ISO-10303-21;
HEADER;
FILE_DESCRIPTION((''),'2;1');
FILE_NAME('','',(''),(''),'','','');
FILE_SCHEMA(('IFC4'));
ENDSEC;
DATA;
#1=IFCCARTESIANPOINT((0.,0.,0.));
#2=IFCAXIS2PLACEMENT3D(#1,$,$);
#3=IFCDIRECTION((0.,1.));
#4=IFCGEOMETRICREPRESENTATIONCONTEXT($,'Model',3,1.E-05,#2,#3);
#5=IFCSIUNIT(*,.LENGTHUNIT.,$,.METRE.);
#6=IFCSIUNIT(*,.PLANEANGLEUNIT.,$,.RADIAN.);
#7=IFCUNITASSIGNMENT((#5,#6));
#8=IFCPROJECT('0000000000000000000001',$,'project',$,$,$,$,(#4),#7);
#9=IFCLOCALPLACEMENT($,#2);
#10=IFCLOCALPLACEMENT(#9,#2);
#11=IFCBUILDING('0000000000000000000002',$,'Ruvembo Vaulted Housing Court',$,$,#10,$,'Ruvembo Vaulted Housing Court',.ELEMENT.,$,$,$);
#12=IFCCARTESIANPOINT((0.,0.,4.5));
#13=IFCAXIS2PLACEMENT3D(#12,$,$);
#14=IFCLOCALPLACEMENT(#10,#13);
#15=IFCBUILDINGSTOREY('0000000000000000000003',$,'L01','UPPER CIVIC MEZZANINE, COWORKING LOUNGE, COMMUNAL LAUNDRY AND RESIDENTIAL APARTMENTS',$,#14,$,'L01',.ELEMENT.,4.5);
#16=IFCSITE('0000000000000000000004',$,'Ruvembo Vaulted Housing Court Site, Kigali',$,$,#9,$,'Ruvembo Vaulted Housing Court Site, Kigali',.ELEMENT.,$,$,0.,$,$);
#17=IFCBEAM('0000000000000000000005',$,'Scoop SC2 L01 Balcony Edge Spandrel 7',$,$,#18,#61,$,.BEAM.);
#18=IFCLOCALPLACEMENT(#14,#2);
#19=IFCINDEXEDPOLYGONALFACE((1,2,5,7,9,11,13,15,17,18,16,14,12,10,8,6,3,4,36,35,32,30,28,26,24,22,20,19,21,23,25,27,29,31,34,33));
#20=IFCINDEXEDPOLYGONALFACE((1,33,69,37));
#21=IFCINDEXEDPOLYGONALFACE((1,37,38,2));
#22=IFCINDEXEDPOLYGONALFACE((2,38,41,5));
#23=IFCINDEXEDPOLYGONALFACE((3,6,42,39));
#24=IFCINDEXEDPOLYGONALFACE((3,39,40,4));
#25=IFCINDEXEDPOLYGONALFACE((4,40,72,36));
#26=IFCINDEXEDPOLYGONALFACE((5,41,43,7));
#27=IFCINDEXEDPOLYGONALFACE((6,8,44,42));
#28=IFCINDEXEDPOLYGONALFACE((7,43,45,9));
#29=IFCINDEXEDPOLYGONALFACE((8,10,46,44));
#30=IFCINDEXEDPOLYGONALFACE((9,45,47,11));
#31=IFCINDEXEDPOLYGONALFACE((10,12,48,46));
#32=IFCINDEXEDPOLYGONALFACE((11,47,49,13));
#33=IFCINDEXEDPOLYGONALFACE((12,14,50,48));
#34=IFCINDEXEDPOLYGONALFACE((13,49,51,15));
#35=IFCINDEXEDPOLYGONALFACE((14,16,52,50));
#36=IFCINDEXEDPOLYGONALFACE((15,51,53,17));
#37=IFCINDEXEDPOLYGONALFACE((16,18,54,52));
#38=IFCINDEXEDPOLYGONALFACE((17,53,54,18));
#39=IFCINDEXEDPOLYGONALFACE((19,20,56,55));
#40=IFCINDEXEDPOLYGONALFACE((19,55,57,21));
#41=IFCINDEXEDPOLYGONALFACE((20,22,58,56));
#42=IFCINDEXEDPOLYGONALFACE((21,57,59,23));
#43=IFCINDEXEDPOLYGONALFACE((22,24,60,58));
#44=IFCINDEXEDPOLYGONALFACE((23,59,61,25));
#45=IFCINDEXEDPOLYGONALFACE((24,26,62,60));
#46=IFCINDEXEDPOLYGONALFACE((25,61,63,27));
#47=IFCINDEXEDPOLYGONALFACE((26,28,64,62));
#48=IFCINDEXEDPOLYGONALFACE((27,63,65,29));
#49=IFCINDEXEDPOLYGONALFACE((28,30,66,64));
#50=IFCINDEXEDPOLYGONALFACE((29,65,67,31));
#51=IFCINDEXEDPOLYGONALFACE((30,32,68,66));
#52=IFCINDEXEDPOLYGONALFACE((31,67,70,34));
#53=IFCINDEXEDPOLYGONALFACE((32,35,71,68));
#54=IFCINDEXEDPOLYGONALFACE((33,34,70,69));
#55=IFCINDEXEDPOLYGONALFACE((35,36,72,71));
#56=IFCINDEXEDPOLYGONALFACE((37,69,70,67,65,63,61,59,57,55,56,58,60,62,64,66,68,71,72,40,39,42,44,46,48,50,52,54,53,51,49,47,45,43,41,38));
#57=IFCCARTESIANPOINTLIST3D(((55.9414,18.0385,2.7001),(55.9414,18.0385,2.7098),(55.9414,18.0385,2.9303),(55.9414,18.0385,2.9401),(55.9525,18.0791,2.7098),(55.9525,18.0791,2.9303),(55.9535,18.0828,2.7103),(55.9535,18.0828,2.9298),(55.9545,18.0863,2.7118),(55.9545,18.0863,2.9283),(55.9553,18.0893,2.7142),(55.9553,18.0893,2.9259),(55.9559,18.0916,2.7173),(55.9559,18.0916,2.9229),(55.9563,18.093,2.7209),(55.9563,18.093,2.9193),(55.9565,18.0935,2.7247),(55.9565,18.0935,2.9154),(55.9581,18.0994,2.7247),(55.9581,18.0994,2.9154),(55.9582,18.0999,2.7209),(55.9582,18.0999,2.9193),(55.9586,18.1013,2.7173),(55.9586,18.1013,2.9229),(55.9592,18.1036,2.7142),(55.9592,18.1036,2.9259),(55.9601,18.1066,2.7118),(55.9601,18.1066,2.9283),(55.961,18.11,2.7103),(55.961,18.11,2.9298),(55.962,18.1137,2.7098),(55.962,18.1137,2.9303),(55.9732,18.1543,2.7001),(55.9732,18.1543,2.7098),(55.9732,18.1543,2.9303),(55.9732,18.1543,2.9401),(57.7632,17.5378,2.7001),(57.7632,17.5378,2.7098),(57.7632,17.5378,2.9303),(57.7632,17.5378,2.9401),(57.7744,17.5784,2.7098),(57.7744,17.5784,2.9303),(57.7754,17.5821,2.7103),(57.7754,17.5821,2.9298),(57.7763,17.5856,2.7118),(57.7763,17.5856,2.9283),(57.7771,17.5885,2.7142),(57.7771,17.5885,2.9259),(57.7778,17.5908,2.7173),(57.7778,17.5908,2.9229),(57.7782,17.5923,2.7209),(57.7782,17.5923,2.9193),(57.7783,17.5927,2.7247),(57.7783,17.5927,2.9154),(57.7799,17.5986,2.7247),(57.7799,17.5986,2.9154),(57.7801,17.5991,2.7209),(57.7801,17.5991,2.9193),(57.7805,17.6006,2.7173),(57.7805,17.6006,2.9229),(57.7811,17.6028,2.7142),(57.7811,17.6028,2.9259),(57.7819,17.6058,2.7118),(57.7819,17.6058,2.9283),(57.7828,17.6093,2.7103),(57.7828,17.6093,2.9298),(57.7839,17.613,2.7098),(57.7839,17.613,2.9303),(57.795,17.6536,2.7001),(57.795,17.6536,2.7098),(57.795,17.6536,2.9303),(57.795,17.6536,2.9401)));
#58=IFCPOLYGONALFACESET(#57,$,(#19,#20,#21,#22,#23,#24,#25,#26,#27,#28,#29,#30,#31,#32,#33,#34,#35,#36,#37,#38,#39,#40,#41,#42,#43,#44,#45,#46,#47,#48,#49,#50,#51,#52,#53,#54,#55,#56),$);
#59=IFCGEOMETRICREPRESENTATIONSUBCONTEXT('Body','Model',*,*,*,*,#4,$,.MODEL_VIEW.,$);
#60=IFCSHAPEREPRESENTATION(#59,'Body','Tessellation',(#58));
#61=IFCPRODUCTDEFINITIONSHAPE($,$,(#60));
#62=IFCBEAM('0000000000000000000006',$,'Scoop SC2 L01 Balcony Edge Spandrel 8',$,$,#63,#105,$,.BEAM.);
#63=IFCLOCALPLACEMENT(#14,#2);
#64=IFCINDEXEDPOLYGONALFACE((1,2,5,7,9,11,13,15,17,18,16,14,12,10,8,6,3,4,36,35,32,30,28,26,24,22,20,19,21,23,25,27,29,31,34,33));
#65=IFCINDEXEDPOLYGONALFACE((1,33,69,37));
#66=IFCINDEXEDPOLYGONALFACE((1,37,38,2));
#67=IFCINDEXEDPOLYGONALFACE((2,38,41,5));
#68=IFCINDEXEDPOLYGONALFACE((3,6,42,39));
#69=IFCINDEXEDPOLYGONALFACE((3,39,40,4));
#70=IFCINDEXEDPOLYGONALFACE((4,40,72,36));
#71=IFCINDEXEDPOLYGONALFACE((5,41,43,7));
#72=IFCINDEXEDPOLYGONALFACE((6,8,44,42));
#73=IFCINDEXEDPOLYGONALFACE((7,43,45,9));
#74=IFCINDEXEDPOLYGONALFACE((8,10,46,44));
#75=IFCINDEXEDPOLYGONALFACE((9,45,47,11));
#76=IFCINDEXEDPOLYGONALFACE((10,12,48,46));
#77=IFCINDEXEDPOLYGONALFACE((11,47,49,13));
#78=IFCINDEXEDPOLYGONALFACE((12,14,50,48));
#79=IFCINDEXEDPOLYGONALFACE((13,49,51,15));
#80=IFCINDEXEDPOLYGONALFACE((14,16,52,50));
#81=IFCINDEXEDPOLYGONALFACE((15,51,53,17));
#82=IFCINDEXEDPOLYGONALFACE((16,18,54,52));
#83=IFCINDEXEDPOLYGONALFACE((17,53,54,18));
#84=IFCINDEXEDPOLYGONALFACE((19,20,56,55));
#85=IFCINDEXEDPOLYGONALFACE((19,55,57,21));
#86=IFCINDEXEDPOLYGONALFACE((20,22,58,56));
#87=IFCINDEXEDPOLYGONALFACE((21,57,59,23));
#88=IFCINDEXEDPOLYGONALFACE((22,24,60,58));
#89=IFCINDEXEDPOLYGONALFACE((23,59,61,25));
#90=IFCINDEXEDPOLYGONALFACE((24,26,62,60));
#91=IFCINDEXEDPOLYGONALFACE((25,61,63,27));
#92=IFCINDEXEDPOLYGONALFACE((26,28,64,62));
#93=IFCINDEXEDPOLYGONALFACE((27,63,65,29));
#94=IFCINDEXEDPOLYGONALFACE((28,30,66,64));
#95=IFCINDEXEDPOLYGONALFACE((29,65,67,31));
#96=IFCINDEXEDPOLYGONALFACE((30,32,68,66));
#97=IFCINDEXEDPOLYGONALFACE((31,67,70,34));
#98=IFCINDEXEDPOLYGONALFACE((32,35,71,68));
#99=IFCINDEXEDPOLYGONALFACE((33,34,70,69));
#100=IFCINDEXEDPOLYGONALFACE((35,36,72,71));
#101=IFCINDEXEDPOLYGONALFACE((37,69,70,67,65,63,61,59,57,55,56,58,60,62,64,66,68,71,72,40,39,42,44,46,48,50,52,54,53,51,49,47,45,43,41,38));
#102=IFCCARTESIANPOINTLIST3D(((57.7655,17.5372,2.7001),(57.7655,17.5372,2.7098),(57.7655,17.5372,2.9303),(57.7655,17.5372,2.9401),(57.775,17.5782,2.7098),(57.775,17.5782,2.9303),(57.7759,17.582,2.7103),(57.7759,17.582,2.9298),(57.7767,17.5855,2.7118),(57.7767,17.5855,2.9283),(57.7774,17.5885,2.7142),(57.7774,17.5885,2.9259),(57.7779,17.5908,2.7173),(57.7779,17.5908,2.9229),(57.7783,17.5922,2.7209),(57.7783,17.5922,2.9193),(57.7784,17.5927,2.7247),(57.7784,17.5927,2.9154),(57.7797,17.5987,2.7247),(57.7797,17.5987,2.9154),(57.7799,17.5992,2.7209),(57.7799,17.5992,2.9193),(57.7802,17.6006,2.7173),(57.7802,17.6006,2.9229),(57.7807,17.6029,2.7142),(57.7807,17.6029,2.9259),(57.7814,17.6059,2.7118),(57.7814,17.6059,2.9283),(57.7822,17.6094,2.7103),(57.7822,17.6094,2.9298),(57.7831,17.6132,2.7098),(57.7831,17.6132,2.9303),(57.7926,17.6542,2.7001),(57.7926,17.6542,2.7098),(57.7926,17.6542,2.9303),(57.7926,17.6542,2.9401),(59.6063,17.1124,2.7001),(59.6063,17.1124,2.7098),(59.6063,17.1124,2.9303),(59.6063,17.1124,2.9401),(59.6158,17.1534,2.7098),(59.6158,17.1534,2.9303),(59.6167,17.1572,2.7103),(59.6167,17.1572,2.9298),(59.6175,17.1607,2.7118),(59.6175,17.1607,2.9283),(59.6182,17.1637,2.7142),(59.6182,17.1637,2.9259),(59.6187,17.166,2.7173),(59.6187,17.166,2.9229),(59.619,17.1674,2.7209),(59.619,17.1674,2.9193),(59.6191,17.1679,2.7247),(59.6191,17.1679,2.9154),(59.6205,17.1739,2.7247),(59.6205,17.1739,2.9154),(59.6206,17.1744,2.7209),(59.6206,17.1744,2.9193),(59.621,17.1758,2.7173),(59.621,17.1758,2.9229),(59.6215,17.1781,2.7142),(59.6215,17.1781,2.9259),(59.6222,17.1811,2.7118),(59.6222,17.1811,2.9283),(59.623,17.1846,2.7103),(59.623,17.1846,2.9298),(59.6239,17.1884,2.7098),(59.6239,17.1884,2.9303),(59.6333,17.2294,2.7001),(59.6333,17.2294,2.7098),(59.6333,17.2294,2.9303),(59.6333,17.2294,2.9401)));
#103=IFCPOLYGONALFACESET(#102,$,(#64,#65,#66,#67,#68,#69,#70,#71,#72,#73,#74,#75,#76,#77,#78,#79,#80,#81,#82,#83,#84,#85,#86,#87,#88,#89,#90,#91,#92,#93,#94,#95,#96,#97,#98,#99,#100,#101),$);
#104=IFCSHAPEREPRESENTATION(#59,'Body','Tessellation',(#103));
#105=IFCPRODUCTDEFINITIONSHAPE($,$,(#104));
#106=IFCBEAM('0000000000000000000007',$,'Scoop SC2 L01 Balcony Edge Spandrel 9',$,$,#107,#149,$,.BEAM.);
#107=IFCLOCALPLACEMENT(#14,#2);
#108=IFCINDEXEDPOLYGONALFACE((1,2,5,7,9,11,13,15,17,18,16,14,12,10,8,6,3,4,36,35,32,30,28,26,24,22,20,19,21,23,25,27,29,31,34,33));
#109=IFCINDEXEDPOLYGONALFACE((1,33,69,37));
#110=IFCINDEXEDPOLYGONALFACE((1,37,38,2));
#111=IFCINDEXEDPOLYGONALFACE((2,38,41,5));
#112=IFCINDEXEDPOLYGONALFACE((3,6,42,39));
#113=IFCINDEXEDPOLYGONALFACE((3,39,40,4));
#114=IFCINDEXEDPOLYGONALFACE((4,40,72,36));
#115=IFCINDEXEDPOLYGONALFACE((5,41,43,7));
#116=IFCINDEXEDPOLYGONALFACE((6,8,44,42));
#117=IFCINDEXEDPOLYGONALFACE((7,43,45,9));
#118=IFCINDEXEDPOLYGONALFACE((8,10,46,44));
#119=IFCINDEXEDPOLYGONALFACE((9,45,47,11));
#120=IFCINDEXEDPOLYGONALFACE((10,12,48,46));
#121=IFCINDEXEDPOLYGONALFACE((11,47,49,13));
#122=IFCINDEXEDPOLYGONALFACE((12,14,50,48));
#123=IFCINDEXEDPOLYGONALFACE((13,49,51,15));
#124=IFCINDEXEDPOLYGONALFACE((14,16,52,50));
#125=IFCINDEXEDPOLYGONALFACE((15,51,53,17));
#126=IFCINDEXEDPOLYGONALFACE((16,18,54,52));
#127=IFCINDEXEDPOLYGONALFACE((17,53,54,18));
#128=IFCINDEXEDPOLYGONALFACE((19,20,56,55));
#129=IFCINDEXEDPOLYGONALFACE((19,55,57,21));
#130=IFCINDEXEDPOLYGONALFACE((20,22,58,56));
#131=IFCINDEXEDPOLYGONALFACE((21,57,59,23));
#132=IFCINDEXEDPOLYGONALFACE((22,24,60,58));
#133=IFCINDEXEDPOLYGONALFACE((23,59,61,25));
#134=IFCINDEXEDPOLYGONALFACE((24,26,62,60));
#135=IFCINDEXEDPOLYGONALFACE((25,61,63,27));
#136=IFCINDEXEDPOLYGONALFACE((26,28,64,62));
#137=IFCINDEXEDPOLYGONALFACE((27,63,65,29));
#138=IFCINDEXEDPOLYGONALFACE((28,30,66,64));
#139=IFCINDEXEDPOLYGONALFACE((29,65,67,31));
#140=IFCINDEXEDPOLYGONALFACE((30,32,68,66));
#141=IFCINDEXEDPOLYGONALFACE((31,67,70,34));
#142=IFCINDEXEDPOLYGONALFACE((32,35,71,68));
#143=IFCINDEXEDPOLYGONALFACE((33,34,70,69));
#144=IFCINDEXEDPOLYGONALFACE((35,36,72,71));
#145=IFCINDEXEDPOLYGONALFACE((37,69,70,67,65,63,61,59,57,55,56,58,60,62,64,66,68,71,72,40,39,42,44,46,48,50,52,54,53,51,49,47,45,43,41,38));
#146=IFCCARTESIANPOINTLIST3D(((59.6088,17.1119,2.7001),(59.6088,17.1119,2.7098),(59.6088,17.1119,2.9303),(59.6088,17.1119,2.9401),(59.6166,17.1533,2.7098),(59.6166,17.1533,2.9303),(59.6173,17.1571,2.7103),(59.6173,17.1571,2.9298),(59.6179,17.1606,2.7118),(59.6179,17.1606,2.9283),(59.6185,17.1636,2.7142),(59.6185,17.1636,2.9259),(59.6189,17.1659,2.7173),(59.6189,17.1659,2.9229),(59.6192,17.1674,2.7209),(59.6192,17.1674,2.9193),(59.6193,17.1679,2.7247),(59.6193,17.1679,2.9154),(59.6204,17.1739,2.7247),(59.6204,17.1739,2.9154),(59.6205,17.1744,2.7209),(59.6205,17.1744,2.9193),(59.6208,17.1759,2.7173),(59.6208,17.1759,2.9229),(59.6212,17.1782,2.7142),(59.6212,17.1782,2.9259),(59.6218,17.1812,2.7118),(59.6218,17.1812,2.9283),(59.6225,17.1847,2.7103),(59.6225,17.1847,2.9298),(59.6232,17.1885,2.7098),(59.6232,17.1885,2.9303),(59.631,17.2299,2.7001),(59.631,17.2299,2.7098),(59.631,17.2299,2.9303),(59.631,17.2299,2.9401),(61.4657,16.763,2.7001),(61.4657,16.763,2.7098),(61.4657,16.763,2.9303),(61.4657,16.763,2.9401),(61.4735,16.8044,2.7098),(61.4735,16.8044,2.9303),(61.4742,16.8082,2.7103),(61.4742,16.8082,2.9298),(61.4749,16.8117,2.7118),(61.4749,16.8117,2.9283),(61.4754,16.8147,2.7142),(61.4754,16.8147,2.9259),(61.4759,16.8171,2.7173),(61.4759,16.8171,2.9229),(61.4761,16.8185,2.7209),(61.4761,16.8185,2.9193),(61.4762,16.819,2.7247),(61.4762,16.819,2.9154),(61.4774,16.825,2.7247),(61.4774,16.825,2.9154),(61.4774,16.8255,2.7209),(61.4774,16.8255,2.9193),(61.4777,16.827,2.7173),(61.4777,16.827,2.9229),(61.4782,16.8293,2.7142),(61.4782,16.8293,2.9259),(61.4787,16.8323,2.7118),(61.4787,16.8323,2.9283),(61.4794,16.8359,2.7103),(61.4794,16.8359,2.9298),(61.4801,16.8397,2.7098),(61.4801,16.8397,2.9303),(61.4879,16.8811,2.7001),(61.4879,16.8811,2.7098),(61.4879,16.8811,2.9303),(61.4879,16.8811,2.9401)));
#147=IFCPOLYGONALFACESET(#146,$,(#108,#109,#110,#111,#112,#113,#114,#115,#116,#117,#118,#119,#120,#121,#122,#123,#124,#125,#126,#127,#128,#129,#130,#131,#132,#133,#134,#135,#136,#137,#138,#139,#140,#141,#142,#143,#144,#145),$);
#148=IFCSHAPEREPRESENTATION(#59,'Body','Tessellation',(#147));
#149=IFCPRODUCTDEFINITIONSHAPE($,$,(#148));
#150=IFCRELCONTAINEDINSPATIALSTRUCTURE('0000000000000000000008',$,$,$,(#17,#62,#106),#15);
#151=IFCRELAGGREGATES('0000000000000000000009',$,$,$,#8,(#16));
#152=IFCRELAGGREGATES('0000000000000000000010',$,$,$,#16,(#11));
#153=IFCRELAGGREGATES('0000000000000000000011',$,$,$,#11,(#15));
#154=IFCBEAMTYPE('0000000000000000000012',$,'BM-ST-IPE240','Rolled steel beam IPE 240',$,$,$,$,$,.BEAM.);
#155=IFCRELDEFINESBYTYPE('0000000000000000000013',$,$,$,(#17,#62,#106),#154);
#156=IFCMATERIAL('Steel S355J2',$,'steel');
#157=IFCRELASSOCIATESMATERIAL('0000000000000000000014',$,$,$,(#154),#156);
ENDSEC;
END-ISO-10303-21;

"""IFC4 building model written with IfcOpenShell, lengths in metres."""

from ifc_helpers import new_model, si_unit, direction, frame, origin, origin_2d, place, context, subcontext, project, spatial, i_section, extrude, material, material_profile, profile_set, type_object, element, save


model = new_model("IFC4")

# Units and contexts
model_context = context("Model", 3, precision=1e-05, world=origin(), true_north=direction((0.0, 1.0)))
body_context = subcontext(model_context, "Body", "Model", "MODEL_VIEW")
ifc_project = project(units=[si_unit("LENGTHUNIT", "METRE"), si_unit("PLANEANGLEUNIT", "RADIAN")], contexts=[model_context])

# Site, building, storey
site_placement = place(None, origin())
site = spatial("IfcSite", under=ifc_project, at=site_placement, Name="Ruvembo Vaulted Housing Court Site, Kigali", LongName="Ruvembo Vaulted Housing Court Site, Kigali", CompositionType="ELEMENT", RefElevation=0.0)
building_placement = place(site_placement, origin())
building = spatial("IfcBuilding", under=site, at=building_placement, Name="Ruvembo Vaulted Housing Court", LongName="Ruvembo Vaulted Housing Court", CompositionType="ELEMENT")
storey_placement = place(building_placement, frame((0.0, 0.0, 4.5)))
storey = spatial("IfcBuildingStorey", under=building, at=storey_placement, Name="L01", Description="UPPER CIVIC MEZZANINE, COWORKING LOUNGE, COMMUNAL LAUNDRY AND RESIDENTIAL APARTMENTS", LongName="L01", CompositionType="ELEMENT", Elevation=4.5)

# Beams
ifc_material_1 = material(Name="Steel S355J2", Category="steel")
ifc_material_profile_1 = material_profile(ifc_material_1, i_section(OverallWidth=0.1201, OverallDepth=0.24, WebThickness=0.0061, FlangeThickness=0.0098, FilletRadius=0.0149, at=origin_2d()), Name="IPE 240")
ifc_profile_set_1 = profile_set([ifc_material_profile_1], Name="Steel S355J2")
beam_type = type_object("IfcBeamType", Name="BM-ST-IPE240", Description="Rolled steel beam IPE 240", PredefinedType="BEAM", material=ifc_profile_set_1)
beam_1_placement = place(storey_placement, frame((55.9573, 18.0964, 2.8201), z_axis=(0.96424, -0.26503, 0.0), x_axis=(0.26503, 0.96424, 0.0)))
element("IfcBeam", 1, at=beam_1_placement, inside=storey, type_object=beam_type, Name="Scoop SC2 L01 Balcony Edge Spandrel 7", PredefinedType="BEAM", context=body_context, shape_type="SweptSolid", body=[
    extrude(i_section(OverallWidth=0.1201, OverallDepth=0.24, WebThickness=0.0061, FlangeThickness=0.0098, FilletRadius=0.0149, at=origin_2d()), origin(), (0.0, 0.0, 1.0), 1.8894),
])
beam_2_placement = place(storey_placement, frame((57.7791, 17.5957, 2.8201), z_axis=(0.974391, -0.22486, 0.0), x_axis=(0.22486, 0.974391, 0.0)))
element("IfcBeam", 2, at=beam_2_placement, inside=storey, type_object=beam_type, Name="Scoop SC2 L01 Balcony Edge Spandrel 8", PredefinedType="BEAM", context=body_context, shape_type="SweptSolid", body=[
    extrude(i_section(OverallWidth=0.1201, OverallDepth=0.24, WebThickness=0.0061, FlangeThickness=0.0098, FilletRadius=0.0149, at=origin_2d()), origin(), (0.0, 0.0, 1.0), 1.8892),
])
beam_3_placement = place(storey_placement, frame((59.6199, 17.1709, 2.8201), z_axis=(0.982805, -0.184647, 0.0), x_axis=(0.184647, 0.982805, 0.0)))
element("IfcBeam", 3, at=beam_3_placement, inside=storey, type_object=beam_type, Name="Scoop SC2 L01 Balcony Edge Spandrel 9", PredefinedType="BEAM", context=body_context, shape_type="SweptSolid", body=[
    extrude(i_section(OverallWidth=0.1201, OverallDepth=0.24, WebThickness=0.0061, FlangeThickness=0.0098, FilletRadius=0.0149, at=origin_2d()), origin(), (0.0, 0.0, 1.0), 1.8894),
])

save(model, "model.ifc")
